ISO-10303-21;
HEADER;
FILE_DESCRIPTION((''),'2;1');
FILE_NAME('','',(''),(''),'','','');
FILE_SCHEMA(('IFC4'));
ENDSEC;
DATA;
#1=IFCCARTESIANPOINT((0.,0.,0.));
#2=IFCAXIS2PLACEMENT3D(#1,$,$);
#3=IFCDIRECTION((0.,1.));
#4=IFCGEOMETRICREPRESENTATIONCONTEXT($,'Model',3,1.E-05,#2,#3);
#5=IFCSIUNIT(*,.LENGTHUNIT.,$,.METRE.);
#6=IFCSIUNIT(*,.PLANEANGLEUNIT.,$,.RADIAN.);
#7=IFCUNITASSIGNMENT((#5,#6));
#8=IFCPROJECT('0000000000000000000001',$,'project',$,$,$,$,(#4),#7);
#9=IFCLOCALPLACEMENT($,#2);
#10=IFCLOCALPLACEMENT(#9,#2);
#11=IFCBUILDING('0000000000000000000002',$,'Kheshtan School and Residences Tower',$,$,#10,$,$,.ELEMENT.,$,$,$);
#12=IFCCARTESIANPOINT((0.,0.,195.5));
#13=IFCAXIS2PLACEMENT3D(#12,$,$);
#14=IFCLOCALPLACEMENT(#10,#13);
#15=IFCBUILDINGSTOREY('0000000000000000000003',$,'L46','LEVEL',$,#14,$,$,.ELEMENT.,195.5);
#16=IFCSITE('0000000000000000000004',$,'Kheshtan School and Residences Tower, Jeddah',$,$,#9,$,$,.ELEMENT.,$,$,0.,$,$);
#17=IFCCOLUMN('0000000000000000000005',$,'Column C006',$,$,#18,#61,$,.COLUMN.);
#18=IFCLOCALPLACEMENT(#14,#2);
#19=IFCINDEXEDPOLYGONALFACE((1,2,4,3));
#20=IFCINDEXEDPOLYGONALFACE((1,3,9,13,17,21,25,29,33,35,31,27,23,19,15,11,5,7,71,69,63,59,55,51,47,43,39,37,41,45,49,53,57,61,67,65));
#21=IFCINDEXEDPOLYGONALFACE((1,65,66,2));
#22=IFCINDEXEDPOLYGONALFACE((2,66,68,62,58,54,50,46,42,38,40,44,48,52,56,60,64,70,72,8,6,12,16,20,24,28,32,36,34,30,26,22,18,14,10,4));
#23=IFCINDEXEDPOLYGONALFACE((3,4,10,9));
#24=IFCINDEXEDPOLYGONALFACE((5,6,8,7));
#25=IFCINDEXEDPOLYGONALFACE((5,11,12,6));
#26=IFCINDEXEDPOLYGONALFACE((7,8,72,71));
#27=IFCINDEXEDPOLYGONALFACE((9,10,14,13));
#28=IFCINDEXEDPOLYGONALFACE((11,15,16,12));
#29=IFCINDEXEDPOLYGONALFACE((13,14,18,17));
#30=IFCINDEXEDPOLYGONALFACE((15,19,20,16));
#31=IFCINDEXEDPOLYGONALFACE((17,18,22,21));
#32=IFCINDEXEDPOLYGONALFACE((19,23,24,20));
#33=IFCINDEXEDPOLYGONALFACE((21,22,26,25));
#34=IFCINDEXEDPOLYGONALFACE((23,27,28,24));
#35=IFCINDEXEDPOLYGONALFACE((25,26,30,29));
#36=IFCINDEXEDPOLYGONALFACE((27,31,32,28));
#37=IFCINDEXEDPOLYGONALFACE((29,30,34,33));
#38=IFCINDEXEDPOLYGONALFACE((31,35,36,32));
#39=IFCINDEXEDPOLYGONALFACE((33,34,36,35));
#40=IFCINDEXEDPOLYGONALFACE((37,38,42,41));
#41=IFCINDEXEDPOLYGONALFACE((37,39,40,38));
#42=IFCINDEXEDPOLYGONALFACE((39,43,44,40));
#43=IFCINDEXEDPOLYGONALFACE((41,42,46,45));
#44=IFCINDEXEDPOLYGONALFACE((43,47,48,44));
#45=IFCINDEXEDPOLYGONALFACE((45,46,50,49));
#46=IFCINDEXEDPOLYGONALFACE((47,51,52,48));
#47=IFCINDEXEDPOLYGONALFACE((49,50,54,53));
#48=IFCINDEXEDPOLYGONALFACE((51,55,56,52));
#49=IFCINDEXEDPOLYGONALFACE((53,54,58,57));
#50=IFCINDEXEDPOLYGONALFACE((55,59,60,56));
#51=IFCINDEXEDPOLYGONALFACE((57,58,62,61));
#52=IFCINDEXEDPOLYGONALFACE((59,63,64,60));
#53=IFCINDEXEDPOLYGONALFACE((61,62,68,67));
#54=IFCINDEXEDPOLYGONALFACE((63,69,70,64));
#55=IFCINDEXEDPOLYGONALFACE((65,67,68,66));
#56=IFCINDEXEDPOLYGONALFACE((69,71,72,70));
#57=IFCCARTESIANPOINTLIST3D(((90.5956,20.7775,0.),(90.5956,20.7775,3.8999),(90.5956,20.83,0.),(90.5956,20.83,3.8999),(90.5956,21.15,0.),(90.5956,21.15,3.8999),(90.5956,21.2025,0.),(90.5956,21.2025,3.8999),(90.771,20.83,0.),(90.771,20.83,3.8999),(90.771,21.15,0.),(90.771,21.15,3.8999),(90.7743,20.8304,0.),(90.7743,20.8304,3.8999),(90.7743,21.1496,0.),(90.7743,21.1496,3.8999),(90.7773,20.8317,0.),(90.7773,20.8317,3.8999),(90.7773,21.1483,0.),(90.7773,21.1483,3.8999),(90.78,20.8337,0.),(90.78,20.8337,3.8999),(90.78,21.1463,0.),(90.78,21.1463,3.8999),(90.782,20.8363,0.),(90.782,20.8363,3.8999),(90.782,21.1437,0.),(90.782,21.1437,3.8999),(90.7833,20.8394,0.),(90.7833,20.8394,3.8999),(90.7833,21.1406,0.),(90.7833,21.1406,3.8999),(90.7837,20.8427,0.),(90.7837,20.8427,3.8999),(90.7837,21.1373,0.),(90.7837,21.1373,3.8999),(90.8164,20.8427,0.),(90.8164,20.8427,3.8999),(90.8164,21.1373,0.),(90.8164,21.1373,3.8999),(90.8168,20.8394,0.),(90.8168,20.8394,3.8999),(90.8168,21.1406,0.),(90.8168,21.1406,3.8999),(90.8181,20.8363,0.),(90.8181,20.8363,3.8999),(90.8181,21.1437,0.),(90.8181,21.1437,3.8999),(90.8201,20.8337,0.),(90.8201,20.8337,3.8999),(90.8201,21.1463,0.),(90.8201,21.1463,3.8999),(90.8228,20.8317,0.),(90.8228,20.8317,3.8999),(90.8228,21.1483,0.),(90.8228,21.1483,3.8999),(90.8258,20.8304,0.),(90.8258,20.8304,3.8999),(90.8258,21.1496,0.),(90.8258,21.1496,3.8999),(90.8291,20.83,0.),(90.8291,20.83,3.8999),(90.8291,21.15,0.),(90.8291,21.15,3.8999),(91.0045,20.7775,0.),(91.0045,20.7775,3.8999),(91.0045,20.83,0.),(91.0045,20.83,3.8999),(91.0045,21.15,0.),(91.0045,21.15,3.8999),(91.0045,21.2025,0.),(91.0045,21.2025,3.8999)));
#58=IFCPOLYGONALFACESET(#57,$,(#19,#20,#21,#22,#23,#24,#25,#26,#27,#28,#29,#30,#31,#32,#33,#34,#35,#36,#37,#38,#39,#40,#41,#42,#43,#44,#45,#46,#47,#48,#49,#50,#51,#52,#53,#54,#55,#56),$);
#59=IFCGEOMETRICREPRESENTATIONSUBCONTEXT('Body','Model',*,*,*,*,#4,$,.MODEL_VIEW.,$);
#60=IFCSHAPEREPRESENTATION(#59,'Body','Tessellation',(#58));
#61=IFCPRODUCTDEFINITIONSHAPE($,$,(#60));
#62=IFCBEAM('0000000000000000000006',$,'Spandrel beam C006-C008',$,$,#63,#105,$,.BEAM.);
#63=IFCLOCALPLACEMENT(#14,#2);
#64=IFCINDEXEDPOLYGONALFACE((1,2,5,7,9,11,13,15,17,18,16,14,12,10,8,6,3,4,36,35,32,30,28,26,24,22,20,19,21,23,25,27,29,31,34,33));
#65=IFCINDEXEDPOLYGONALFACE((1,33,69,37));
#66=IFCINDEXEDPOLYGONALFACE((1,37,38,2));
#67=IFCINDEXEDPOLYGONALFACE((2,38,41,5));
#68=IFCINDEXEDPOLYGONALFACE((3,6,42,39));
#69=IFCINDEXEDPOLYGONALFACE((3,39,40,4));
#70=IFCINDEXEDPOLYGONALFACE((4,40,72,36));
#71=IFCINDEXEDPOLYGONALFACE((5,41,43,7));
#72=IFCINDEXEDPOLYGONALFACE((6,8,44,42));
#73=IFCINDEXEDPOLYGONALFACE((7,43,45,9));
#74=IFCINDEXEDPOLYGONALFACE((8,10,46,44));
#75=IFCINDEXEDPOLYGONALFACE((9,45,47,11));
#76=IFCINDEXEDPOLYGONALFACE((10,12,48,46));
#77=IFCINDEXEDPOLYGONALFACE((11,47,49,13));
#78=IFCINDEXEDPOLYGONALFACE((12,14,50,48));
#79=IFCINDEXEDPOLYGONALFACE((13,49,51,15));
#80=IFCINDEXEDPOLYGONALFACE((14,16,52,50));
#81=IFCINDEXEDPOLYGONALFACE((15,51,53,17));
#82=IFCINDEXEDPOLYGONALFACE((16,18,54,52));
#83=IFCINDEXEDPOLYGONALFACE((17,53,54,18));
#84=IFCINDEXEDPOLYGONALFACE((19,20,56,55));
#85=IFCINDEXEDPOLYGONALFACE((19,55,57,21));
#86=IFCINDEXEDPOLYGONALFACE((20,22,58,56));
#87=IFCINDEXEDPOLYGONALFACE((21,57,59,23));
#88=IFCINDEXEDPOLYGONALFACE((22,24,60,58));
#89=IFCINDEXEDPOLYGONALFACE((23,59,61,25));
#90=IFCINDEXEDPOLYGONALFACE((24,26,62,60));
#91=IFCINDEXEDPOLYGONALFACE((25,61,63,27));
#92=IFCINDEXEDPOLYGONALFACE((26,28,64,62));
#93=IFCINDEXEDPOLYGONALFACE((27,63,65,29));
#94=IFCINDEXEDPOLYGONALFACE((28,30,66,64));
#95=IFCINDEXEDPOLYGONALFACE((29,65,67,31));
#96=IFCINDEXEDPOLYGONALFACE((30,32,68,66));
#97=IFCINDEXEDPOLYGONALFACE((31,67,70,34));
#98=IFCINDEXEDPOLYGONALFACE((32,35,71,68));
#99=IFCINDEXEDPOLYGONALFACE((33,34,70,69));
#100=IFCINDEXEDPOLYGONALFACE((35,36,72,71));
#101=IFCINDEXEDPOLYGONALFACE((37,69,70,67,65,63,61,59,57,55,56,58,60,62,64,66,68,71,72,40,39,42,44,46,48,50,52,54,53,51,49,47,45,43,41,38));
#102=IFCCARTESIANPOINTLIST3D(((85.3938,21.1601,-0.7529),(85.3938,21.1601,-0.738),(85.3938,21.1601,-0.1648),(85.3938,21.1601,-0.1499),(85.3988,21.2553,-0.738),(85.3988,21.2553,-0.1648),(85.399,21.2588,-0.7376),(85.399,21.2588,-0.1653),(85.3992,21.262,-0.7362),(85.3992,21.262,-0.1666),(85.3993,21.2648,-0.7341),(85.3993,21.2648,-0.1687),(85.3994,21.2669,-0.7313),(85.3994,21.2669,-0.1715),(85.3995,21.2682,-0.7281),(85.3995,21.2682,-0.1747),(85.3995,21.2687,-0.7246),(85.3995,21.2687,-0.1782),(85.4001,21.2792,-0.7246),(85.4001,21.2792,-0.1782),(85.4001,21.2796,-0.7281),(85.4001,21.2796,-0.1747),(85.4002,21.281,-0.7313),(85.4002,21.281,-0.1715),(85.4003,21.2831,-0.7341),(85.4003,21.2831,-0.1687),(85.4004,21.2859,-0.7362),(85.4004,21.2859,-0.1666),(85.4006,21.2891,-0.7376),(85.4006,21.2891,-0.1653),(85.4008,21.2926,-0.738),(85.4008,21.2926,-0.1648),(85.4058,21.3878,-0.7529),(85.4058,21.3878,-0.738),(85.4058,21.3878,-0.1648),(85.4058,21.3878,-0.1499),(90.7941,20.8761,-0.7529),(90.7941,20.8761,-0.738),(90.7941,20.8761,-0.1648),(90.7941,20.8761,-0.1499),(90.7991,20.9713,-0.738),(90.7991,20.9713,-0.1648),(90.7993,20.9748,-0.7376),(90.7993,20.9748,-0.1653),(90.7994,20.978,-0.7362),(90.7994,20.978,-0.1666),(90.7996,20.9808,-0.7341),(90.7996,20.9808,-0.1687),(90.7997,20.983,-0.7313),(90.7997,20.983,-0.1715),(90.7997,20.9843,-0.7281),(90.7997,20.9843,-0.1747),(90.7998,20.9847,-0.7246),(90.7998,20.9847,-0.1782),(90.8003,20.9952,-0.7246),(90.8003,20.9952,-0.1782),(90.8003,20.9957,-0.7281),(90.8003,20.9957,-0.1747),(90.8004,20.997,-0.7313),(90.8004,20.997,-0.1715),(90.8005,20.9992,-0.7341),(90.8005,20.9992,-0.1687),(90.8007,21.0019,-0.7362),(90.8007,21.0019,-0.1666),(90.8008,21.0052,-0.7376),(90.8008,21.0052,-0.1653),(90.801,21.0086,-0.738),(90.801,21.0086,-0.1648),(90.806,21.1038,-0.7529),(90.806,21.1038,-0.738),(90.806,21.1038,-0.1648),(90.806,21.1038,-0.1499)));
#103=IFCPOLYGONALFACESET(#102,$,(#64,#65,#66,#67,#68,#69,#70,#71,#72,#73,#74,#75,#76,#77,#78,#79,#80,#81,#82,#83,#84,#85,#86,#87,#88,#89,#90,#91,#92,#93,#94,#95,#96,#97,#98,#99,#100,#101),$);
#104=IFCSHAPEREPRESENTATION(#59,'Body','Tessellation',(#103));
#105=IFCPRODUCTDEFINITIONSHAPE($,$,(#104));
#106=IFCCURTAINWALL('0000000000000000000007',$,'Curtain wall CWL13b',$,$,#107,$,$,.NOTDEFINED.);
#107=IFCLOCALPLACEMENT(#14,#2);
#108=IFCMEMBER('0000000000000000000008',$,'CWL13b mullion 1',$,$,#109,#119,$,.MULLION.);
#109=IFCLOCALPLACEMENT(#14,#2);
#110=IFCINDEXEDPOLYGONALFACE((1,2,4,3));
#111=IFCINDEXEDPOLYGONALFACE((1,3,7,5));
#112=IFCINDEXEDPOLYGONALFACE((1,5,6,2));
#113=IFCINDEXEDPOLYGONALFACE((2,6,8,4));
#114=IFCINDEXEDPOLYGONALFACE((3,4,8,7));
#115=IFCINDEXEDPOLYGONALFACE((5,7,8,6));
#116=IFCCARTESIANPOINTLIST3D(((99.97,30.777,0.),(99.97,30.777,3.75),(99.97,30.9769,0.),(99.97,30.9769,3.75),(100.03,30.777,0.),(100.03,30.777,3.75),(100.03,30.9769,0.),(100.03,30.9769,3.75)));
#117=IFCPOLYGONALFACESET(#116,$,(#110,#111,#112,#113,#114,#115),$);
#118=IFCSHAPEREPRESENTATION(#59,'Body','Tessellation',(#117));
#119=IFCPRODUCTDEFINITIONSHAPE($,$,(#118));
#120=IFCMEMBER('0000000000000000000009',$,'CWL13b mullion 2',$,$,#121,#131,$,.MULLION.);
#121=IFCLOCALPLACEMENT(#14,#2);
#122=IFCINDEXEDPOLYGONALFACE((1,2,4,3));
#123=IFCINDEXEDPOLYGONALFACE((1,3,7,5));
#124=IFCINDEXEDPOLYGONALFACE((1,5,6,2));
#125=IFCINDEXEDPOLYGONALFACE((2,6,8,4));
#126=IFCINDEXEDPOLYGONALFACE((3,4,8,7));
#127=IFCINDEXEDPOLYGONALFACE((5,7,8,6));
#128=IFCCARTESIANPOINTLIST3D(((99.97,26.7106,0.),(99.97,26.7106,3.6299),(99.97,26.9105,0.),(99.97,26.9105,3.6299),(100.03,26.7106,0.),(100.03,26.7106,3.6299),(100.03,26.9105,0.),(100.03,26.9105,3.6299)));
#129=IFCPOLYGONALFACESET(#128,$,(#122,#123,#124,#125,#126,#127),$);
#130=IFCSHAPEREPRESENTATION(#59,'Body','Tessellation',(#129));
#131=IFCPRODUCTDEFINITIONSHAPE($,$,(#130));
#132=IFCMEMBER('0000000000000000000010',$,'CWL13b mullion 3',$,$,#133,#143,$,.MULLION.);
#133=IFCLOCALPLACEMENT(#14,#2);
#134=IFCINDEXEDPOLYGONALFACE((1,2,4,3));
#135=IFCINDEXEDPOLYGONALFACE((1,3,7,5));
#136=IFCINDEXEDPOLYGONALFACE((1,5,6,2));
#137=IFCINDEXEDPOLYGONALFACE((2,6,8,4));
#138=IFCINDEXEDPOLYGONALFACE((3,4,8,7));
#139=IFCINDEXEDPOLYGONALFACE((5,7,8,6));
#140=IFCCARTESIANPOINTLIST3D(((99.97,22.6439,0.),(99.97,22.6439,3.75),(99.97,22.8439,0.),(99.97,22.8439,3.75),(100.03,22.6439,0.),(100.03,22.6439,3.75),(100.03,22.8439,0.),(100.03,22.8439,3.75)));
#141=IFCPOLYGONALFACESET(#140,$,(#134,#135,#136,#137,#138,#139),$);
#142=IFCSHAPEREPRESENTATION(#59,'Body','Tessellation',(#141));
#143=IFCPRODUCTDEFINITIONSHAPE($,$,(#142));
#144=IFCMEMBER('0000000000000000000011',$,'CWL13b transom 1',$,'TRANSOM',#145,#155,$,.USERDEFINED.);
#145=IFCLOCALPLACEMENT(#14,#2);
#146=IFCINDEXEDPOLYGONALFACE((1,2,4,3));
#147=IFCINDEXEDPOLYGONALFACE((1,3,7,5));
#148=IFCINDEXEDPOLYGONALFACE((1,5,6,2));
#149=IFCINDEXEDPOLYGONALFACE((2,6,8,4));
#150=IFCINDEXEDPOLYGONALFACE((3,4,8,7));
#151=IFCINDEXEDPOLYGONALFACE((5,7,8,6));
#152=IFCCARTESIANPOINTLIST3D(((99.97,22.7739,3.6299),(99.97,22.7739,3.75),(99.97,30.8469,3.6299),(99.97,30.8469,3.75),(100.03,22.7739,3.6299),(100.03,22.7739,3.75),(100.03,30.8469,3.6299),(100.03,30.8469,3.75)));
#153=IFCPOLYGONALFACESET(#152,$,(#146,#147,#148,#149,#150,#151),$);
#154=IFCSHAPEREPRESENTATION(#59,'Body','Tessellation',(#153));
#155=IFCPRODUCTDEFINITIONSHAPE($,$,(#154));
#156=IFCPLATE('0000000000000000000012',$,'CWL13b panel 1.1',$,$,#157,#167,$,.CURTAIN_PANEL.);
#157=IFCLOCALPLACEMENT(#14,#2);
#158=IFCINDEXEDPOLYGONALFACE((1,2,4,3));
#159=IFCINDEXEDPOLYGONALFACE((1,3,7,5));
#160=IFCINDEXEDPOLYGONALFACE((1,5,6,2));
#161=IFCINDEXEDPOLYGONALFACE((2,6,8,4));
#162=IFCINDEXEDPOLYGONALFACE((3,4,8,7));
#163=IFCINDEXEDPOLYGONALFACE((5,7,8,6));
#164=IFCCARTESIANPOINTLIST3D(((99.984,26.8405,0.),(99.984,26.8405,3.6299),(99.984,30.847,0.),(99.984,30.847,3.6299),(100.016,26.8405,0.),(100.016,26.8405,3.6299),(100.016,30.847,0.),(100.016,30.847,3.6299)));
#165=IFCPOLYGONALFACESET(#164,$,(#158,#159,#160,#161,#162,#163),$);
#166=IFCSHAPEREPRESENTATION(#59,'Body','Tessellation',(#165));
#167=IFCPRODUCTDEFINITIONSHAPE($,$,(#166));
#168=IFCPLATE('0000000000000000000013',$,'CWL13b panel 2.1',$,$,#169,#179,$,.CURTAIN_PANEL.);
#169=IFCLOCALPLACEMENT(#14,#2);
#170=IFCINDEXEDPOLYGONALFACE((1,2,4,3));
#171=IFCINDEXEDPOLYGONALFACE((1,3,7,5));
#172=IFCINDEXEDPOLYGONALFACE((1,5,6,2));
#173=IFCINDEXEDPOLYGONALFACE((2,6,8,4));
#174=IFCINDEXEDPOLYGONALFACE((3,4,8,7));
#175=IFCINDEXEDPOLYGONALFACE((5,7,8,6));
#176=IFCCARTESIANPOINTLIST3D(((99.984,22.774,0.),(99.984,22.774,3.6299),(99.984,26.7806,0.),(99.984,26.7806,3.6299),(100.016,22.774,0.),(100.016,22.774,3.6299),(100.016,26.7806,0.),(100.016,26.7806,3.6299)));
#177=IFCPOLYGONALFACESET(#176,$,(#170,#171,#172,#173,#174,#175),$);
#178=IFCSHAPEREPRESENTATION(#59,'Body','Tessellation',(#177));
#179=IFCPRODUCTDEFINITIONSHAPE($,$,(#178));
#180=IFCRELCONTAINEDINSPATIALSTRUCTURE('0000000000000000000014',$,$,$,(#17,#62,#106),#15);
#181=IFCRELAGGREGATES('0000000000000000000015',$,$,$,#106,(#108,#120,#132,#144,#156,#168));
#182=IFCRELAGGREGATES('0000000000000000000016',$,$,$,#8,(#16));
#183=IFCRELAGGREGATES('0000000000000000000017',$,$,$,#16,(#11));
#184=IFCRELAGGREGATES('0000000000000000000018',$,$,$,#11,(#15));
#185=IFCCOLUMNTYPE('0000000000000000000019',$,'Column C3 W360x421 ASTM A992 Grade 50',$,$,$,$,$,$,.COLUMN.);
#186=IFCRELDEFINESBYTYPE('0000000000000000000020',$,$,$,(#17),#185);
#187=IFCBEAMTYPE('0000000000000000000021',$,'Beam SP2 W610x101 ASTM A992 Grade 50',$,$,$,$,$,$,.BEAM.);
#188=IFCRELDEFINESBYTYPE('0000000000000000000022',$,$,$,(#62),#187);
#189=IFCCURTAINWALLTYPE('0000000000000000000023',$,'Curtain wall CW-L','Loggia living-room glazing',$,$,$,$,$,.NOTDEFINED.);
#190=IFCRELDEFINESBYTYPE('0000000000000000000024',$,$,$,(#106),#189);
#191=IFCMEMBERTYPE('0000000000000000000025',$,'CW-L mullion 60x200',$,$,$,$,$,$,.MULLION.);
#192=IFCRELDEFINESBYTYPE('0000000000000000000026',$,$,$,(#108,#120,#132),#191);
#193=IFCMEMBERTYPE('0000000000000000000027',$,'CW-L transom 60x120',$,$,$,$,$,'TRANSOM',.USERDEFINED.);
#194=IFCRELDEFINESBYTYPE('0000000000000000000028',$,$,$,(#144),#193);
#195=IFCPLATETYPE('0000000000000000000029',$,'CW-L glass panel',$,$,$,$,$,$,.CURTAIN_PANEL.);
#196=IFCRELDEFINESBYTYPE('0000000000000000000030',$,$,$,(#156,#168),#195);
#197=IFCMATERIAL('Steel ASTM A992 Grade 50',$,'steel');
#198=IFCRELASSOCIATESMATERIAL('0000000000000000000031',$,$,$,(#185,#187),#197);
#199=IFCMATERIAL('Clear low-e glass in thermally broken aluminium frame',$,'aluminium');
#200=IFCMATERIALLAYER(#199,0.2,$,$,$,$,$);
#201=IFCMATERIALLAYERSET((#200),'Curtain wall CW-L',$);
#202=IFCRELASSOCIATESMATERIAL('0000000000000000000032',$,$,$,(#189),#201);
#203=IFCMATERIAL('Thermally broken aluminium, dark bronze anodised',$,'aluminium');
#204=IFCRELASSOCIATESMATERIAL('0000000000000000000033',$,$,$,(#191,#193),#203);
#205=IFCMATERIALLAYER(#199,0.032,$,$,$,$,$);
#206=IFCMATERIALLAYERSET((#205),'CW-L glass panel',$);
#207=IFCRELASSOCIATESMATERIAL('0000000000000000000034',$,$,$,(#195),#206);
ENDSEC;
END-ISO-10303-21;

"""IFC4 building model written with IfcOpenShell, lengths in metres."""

from ifc_helpers import new_model, si_unit, direction, frame, origin, origin_2d, place, context, subcontext, project, spatial, rectangle, i_section, extrude, material, layer, layer_set, material_profile, profile_set, type_object, element, aggregate, save


model = new_model("IFC4")

# Units and contexts
model_context = context("Model", 3, precision=1e-05, world=origin(), true_north=direction((0.0, 1.0)))
body_context = subcontext(model_context, "Body", "Model", "MODEL_VIEW")
ifc_project = project(units=[si_unit("LENGTHUNIT", "METRE"), si_unit("PLANEANGLEUNIT", "RADIAN")], contexts=[model_context])

# Site, building, storey
site_placement = place(None, origin())
site = spatial("IfcSite", under=ifc_project, at=site_placement, Name="Kheshtan School and Residences Tower, Jeddah", CompositionType="ELEMENT", RefElevation=0.0)
building_placement = place(site_placement, origin())
building = spatial("IfcBuilding", under=site, at=building_placement, Name="Kheshtan School and Residences Tower", CompositionType="ELEMENT")
storey_placement = place(building_placement, frame((0.0, 0.0, 195.5)))
storey = spatial("IfcBuildingStorey", under=building, at=storey_placement, Name="L46", Description="LEVEL", CompositionType="ELEMENT", Elevation=195.5)

# Column
ifc_material_1 = material(Name="Steel ASTM A992 Grade 50", Category="steel")
ifc_material_profile_1 = material_profile(ifc_material_1, i_section(OverallWidth=0.4089, OverallDepth=0.425, WebThickness=0.0327, FlangeThickness=0.0525, FilletRadius=0.0127, at=origin_2d()), Name="W360x421")
ifc_profile_set_1 = profile_set([ifc_material_profile_1], Name="Steel ASTM A992 Grade 50")
column_type = type_object("IfcColumnType", Name="Column C3 W360x421 ASTM A992 Grade 50", PredefinedType="COLUMN", material=ifc_profile_set_1)
column_placement = place(storey_placement, frame((90.8, 20.99, 0.0), z_axis=(0.0, 0.0, 1.0), x_axis=(1.0, 0.0, 0.0)))
element("IfcColumn", 1, at=column_placement, inside=storey, type_object=column_type, Name="Column C006", PredefinedType="COLUMN", context=body_context, shape_type="SweptSolid", body=[
    extrude(i_section(OverallWidth=0.4089, OverallDepth=0.425, WebThickness=0.0327, FlangeThickness=0.0525, FilletRadius=0.0127, at=origin_2d()), origin(), (0.0, 0.0, 1.0), 3.8999),
])

# Beam
ifc_material_profile_2 = material_profile(ifc_material_1, i_section(OverallWidth=0.228, OverallDepth=0.603, WebThickness=0.0105, FlangeThickness=0.0149, FilletRadius=0.0134, at=origin_2d()), Name="W610x101")
ifc_profile_set_2 = profile_set([ifc_material_profile_2], Name="Steel ASTM A992 Grade 50")
beam_type = type_object("IfcBeamType", Name="Beam SP2 W610x101 ASTM A992 Grade 50", PredefinedType="BEAM", material=ifc_profile_set_2)
beam_placement = place(storey_placement, frame((90.8, 20.99, -0.4514), z_axis=(-0.998621, 0.052507, 0.0), x_axis=(-0.052507, -0.998621, 0.0)))
element("IfcBeam", 2, at=beam_placement, inside=storey, type_object=beam_type, Name="Spandrel beam C006-C008", PredefinedType="BEAM", context=body_context, shape_type="SweptSolid", body=[
    extrude(i_section(OverallWidth=0.228, OverallDepth=0.603, WebThickness=0.0105, FlangeThickness=0.0149, FilletRadius=0.0134, at=origin_2d()), origin(), (0.0, 0.0, 1.0), 5.4077),
])

# Curtain wall, members, plates
ifc_material_2 = material(Name="Clear low-e glass in thermally broken aluminium frame", Category="aluminium")
ifc_layer_1 = layer(ifc_material_2, 0.2)
ifc_layer_set_1 = layer_set([ifc_layer_1], Name="Curtain wall CW-L")
curtain_wall_type = type_object("IfcCurtainWallType", Name="Curtain wall CW-L", Description="Loggia living-room glazing", PredefinedType="NOTDEFINED", material=ifc_layer_set_1)
curtain_wall_placement = place(storey_placement, origin())
curtain_wall = element("IfcCurtainWall", 3, at=curtain_wall_placement, inside=storey, type_object=curtain_wall_type, Name="Curtain wall CWL13b", PredefinedType="NOTDEFINED")
ifc_material_3 = material(Name="Thermally broken aluminium, dark bronze anodised", Category="aluminium")
ifc_material_profile_3 = material_profile(ifc_material_3, rectangle(XDim=0.0601, YDim=0.2, at=origin_2d()), Name="CW-L mullion 60x200")
ifc_profile_set_3 = profile_set([ifc_material_profile_3], Name="Thermally broken aluminium, dark bronze anodised")
member_type_1 = type_object("IfcMemberType", Name="CW-L mullion 60x200", PredefinedType="MULLION", material=ifc_profile_set_3)
member_1_placement = place(storey_placement, frame((100.0, 30.877, 0.0), z_axis=(0.0, 0.0, 1.0), x_axis=(1.0, 0.0, 0.0)))
member_1 = element("IfcMember", 4, at=member_1_placement, type_object=member_type_1, Name="CWL13b mullion 1", PredefinedType="MULLION", context=body_context, shape_type="SweptSolid", body=[
    extrude(rectangle(XDim=0.0601, YDim=0.2, at=origin_2d()), origin(), (0.0, 0.0, 1.0), 3.75),
])
member_2_placement = place(storey_placement, frame((100.0, 26.8105, 0.0), z_axis=(0.0, 0.0, 1.0), x_axis=(1.0, 0.0, 0.0)))
member_2 = element("IfcMember", 5, at=member_2_placement, type_object=member_type_1, Name="CWL13b mullion 2", PredefinedType="MULLION", context=body_context, shape_type="SweptSolid", body=[
    extrude(rectangle(XDim=0.0601, YDim=0.2, at=origin_2d()), origin(), (0.0, 0.0, 1.0), 3.6299),
])
member_3_placement = place(storey_placement, frame((100.0, 22.7439, 0.0), z_axis=(0.0, 0.0, 1.0), x_axis=(1.0, 0.0, 0.0)))
member_3 = element("IfcMember", 6, at=member_3_placement, type_object=member_type_1, Name="CWL13b mullion 3", PredefinedType="MULLION", context=body_context, shape_type="SweptSolid", body=[
    extrude(rectangle(XDim=0.0601, YDim=0.2, at=origin_2d()), origin(), (0.0, 0.0, 1.0), 3.75),
])
ifc_material_profile_4 = material_profile(ifc_material_3, rectangle(XDim=0.0601, YDim=0.1201, at=origin_2d()), Name="CW-L transom 60x120")
ifc_profile_set_4 = profile_set([ifc_material_profile_4], Name="Thermally broken aluminium, dark bronze anodised")
member_type_2 = type_object("IfcMemberType", Name="CW-L transom 60x120", ElementType="TRANSOM", PredefinedType="USERDEFINED", material=ifc_profile_set_4)
member_4_placement = place(storey_placement, frame((100.0, 30.8469, 3.6899), z_axis=(0.0, -1.0, 0.0), x_axis=(1.0, 0.0, 0.0)))
member_4 = element("IfcMember", 7, at=member_4_placement, type_object=member_type_2, Name="CWL13b transom 1", ObjectType="TRANSOM", PredefinedType="USERDEFINED", context=body_context, shape_type="SweptSolid", body=[
    extrude(rectangle(XDim=0.0601, YDim=0.1201, at=origin_2d()), origin(), (0.0, 0.0, 1.0), 8.073),
])
ifc_layer_2 = layer(ifc_material_2, 0.032)
ifc_layer_set_2 = layer_set([ifc_layer_2], Name="CW-L glass panel")
plate_type = type_object("IfcPlateType", Name="CW-L glass panel", PredefinedType="CURTAIN_PANEL", material=ifc_layer_set_2)
plate_1_placement = place(storey_placement, frame((100.0, 28.8438, 0.0), z_axis=(0.0, 0.0, 1.0), x_axis=(0.0, -1.0, 0.0)))
plate_1 = element("IfcPlate", 8, at=plate_1_placement, type_object=plate_type, Name="CWL13b panel 1.1", PredefinedType="CURTAIN_PANEL", context=body_context, shape_type="SweptSolid", body=[
    extrude(rectangle(XDim=4.0066, YDim=0.032, at=origin_2d()), origin(), (0.0, 0.0, 1.0), 3.6299),
])
plate_2_placement = place(storey_placement, frame((100.0, 24.7773, 0.0), z_axis=(0.0, 0.0, 1.0), x_axis=(0.0, -1.0, 0.0)))
plate_2 = element("IfcPlate", 9, at=plate_2_placement, type_object=plate_type, Name="CWL13b panel 2.1", PredefinedType="CURTAIN_PANEL", context=body_context, shape_type="SweptSolid", body=[
    extrude(rectangle(XDim=4.0066, YDim=0.032, at=origin_2d()), origin(), (0.0, 0.0, 1.0), 3.6299),
])
aggregate(curtain_wall, [member_1, member_2, member_3, member_4, plate_1, plate_2])

save(model, "model.ifc")
